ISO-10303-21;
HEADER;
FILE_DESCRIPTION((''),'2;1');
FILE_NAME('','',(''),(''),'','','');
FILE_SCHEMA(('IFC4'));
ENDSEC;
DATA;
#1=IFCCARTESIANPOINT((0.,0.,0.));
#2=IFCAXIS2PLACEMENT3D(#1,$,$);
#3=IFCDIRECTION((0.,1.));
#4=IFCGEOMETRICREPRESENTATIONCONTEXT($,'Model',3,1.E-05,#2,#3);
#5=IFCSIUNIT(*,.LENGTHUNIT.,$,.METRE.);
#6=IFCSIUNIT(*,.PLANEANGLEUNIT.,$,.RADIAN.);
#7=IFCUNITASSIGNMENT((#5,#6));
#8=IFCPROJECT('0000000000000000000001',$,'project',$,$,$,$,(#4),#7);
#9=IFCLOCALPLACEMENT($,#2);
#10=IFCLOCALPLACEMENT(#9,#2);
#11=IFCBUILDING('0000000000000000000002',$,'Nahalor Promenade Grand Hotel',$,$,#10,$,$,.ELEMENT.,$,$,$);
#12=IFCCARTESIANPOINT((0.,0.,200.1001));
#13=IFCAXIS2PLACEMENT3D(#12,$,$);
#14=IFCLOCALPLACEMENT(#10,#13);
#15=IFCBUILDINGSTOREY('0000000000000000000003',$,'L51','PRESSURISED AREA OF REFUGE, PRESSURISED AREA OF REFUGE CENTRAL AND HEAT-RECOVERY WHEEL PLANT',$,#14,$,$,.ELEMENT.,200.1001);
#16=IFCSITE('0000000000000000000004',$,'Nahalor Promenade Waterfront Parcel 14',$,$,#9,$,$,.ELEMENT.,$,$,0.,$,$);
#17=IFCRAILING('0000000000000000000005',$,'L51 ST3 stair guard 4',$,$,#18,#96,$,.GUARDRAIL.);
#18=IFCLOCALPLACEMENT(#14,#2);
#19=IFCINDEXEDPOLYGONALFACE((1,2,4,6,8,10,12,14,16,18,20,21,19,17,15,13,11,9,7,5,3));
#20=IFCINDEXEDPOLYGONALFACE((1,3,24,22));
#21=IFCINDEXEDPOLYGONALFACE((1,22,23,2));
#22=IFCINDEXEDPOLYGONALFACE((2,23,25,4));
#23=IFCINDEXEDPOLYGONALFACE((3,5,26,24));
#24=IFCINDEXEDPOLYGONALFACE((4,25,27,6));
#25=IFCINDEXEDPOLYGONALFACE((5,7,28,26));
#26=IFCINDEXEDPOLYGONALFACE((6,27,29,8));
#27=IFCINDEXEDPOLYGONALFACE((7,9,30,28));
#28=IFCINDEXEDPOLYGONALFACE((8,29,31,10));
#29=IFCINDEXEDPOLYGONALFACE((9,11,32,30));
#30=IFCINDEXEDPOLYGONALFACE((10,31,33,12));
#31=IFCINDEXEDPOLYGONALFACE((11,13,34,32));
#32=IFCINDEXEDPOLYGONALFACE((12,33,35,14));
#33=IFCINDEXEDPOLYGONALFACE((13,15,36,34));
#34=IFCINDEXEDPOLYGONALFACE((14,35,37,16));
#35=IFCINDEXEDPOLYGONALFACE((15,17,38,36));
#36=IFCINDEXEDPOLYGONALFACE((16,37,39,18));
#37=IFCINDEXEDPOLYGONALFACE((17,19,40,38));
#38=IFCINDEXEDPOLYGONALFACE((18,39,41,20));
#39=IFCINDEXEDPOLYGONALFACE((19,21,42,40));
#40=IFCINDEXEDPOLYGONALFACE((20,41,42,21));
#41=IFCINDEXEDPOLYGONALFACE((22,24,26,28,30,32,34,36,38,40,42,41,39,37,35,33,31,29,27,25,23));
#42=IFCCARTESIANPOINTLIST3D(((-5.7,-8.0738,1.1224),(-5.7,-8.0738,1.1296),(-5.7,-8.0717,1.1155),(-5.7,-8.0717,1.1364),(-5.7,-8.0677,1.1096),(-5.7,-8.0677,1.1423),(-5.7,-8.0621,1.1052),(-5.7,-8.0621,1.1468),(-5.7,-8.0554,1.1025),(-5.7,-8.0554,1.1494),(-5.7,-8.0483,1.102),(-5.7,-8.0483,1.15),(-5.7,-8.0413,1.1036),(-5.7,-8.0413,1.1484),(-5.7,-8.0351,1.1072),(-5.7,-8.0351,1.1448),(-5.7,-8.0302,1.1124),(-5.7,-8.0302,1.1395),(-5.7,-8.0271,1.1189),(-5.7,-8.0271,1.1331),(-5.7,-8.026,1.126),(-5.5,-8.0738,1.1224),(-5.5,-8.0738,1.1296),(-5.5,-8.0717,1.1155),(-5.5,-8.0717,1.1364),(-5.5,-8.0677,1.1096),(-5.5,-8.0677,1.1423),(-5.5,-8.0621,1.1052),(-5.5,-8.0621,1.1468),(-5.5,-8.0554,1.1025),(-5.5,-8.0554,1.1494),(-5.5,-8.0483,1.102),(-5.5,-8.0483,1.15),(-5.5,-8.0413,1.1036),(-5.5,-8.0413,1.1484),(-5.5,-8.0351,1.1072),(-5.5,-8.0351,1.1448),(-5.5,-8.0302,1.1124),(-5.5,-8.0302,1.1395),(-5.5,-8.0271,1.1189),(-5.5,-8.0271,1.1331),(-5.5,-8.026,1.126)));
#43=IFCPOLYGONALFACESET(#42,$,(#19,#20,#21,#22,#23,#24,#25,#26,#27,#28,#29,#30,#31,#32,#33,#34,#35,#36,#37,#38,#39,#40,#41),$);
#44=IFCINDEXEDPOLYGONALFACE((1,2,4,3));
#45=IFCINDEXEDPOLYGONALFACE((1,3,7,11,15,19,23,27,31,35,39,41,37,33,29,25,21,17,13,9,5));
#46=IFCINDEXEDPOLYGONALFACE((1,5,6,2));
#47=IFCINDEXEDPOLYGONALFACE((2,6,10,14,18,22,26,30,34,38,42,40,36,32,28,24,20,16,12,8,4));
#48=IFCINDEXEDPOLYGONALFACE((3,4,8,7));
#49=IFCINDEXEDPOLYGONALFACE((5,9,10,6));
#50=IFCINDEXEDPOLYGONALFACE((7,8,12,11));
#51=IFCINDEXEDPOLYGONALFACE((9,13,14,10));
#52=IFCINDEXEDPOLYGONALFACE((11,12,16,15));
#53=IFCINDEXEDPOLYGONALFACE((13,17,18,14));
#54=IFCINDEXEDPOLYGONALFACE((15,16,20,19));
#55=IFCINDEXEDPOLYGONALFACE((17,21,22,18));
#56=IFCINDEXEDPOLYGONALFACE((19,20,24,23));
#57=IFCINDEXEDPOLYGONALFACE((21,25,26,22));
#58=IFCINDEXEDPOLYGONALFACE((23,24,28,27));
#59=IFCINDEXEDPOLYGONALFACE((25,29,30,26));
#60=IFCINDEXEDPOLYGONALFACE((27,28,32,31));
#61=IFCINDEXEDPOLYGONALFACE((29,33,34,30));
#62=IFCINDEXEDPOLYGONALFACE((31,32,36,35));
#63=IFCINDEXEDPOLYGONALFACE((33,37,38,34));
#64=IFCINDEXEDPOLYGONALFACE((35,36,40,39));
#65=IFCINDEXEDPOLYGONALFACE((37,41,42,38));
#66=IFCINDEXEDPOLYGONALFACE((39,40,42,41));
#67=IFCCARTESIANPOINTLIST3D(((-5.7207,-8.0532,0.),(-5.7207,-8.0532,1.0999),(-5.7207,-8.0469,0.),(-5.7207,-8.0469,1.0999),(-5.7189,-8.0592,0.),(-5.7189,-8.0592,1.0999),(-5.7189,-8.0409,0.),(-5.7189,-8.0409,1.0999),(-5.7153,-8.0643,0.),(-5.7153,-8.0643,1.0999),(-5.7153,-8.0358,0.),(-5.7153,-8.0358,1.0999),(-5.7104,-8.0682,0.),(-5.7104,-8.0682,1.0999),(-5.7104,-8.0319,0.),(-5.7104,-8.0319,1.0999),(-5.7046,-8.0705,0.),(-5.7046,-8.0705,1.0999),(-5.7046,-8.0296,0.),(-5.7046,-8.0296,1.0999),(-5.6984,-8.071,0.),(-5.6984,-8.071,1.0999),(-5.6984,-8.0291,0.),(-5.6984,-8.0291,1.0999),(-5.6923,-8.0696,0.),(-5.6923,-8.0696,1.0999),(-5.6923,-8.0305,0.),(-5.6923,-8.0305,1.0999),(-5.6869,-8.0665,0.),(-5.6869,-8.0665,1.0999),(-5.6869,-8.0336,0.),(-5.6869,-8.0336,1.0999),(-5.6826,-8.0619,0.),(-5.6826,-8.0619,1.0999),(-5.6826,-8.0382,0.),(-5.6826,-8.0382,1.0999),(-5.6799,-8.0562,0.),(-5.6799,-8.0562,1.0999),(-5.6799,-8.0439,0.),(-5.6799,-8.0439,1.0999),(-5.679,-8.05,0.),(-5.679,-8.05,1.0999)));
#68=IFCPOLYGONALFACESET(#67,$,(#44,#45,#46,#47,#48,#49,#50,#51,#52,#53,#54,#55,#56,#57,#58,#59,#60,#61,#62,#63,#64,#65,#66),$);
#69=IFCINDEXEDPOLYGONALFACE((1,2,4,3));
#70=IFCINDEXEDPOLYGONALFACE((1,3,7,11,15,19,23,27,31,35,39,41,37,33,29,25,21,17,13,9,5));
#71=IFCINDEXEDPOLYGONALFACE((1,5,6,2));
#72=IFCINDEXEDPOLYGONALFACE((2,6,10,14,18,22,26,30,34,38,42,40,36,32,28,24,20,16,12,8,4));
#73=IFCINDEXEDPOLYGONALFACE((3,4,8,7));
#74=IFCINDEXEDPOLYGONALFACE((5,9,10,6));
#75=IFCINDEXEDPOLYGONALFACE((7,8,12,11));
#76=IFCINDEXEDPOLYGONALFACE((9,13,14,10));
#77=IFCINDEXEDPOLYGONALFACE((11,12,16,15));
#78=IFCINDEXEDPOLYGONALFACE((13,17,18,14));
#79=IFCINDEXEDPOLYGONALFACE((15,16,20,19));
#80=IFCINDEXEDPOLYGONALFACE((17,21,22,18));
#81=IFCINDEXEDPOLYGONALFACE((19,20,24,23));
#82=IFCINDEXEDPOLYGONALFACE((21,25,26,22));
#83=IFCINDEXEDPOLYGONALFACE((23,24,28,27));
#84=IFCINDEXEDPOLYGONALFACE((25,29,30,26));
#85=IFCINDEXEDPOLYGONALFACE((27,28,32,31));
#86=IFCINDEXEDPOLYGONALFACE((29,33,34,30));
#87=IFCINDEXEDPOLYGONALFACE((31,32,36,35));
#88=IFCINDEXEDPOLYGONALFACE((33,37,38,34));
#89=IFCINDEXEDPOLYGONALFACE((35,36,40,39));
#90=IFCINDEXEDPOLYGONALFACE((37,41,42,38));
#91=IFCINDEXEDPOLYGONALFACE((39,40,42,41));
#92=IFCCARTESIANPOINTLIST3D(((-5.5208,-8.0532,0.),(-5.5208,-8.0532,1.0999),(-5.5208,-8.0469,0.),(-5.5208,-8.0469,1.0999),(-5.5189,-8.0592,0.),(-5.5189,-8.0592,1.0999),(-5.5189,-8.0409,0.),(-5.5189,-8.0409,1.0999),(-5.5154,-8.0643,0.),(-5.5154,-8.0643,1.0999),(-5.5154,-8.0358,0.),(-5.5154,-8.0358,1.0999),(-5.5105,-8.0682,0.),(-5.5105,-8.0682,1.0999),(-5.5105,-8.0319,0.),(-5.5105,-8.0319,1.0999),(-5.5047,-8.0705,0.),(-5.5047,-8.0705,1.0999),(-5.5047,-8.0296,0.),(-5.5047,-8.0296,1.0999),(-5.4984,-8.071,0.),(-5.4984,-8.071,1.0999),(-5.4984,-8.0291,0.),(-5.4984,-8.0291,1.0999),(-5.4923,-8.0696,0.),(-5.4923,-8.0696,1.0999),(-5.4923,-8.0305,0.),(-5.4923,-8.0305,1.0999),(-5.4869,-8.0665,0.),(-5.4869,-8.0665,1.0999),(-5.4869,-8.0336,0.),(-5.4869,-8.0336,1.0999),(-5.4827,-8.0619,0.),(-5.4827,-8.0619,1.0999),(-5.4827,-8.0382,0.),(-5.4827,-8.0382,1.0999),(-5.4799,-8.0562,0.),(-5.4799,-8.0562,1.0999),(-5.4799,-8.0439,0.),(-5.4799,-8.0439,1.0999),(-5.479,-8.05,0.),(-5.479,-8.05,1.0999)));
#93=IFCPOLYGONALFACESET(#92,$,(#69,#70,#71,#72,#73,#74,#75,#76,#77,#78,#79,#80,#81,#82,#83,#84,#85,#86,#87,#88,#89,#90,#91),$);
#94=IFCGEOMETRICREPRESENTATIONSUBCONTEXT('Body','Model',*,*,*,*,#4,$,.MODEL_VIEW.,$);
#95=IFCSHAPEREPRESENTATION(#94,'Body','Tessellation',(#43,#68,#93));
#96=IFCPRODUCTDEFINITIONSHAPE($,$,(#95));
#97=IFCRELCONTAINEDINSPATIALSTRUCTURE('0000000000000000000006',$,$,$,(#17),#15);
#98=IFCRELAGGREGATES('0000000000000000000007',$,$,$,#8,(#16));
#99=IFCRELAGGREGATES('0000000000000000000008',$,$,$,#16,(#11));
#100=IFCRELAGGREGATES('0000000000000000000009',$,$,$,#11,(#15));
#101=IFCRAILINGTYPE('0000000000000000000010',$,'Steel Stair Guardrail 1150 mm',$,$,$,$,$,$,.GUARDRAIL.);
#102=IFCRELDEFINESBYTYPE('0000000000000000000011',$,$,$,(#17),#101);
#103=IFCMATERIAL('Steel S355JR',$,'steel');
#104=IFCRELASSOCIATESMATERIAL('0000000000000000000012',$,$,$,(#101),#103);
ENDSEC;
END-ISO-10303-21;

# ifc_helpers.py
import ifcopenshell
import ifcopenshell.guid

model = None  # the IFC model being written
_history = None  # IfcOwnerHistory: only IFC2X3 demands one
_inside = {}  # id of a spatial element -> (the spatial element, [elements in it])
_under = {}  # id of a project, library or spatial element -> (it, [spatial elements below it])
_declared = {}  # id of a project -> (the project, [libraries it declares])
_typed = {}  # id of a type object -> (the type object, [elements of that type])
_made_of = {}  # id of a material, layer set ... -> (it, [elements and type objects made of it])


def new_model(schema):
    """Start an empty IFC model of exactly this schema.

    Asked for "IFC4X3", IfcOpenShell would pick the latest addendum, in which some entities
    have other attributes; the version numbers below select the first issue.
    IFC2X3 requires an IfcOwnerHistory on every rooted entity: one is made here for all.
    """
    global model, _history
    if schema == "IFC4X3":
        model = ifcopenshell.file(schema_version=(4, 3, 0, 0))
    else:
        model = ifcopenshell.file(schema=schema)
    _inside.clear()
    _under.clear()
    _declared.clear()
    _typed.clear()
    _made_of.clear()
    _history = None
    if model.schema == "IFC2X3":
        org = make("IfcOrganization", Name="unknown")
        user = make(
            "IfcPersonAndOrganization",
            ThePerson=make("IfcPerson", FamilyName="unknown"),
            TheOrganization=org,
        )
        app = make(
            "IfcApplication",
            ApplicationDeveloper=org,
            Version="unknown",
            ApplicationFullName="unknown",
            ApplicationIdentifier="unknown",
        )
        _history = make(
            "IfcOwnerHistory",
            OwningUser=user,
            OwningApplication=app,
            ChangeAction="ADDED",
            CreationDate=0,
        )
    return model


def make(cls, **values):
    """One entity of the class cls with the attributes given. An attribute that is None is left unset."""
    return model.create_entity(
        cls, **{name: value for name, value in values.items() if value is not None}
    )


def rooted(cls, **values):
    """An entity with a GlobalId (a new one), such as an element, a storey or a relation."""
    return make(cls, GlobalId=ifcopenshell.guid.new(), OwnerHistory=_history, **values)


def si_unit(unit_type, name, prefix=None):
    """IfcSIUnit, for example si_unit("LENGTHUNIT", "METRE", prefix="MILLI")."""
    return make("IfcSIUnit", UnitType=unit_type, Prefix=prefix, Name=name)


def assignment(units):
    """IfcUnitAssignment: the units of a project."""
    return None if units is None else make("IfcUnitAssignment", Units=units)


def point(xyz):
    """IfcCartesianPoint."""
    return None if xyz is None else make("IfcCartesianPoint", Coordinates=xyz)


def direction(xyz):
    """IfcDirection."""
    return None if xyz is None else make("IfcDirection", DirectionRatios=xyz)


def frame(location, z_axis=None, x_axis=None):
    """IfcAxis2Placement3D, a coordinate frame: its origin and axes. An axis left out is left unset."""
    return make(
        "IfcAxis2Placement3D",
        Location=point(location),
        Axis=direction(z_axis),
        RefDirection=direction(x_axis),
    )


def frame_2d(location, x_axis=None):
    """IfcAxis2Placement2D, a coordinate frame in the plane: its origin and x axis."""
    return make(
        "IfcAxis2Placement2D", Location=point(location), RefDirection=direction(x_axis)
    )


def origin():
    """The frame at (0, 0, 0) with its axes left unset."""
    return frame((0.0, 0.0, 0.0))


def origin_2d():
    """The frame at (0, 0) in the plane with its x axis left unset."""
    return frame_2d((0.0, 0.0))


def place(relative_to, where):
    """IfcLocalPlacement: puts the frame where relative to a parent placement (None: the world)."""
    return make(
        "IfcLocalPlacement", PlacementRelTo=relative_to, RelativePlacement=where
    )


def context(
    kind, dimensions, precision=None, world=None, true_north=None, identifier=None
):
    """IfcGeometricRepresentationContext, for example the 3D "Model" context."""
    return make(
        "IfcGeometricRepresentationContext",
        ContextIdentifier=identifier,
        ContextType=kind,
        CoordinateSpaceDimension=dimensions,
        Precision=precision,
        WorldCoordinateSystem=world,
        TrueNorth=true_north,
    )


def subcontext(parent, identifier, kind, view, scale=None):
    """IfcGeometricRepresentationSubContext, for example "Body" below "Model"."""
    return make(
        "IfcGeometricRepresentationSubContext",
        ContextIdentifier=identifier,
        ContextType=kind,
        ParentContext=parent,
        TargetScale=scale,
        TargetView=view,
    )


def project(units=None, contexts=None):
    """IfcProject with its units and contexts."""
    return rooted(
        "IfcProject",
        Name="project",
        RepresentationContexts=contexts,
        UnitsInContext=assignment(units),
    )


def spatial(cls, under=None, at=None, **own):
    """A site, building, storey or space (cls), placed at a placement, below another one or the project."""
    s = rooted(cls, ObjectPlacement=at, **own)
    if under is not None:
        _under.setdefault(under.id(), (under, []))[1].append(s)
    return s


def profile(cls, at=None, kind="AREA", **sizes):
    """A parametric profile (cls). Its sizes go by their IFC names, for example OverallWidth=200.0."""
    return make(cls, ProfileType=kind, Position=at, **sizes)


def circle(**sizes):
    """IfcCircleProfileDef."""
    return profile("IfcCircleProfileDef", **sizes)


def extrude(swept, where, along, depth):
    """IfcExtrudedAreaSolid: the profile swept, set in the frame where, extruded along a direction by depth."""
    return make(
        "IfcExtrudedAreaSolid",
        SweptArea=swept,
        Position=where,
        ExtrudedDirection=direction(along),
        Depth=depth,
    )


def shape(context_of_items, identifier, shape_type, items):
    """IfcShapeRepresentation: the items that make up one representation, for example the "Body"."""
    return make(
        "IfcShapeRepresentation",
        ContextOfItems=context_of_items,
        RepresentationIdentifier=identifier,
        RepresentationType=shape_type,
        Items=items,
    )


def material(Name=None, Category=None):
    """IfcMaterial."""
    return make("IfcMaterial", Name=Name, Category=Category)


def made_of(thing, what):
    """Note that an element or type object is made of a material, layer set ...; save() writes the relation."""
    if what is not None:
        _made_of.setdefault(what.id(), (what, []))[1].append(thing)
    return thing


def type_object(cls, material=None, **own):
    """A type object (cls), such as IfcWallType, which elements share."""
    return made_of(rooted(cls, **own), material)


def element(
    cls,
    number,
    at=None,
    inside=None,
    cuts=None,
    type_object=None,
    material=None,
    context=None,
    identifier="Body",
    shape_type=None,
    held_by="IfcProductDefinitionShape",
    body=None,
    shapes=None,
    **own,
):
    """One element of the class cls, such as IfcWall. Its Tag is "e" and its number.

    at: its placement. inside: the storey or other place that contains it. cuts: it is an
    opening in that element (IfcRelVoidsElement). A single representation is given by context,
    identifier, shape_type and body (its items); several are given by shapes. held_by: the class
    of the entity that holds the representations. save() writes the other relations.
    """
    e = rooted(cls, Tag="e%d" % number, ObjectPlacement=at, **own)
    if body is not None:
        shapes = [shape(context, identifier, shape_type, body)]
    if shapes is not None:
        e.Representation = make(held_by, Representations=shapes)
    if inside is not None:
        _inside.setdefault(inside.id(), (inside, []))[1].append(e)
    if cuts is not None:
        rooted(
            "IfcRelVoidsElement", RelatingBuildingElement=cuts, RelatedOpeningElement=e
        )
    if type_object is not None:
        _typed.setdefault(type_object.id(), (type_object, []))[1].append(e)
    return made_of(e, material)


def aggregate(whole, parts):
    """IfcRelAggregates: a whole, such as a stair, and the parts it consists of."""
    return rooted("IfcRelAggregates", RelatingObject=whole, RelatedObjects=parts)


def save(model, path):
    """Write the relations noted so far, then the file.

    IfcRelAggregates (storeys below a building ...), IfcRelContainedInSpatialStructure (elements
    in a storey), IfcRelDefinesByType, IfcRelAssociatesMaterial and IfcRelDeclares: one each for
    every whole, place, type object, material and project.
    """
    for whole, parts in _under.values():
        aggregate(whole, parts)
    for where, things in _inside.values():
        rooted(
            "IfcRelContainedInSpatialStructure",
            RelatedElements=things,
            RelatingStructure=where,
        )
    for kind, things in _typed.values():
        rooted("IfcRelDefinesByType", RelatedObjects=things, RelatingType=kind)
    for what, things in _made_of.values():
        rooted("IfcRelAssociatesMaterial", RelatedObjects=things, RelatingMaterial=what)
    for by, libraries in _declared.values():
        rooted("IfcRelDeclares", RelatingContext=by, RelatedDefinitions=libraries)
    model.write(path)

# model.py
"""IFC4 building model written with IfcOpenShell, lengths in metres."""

from ifc_helpers import new_model, si_unit, direction, frame, origin, origin_2d, place, context, subcontext, project, spatial, circle, extrude, material, type_object, element, save


model = new_model("IFC4")

# Units and contexts
model_context = context("Model", 3, precision=1e-05, world=origin(), true_north=direction((0.0, 1.0)))
body_context = subcontext(model_context, "Body", "Model", "MODEL_VIEW")
ifc_project = project(units=[si_unit("LENGTHUNIT", "METRE"), si_unit("PLANEANGLEUNIT", "RADIAN")], contexts=[model_context])

# Site, building, storey
site_placement = place(None, origin())
site = spatial("IfcSite", under=ifc_project, at=site_placement, Name="Nahalor Promenade Waterfront Parcel 14", CompositionType="ELEMENT", RefElevation=0.0)
building_placement = place(site_placement, origin())
building = spatial("IfcBuilding", under=site, at=building_placement, Name="Nahalor Promenade Grand Hotel", CompositionType="ELEMENT")
storey_placement = place(building_placement, frame((0.0, 0.0, 200.1001)))
storey = spatial("IfcBuildingStorey", under=building, at=storey_placement, Name="L51", Description="PRESSURISED AREA OF REFUGE, PRESSURISED AREA OF REFUGE CENTRAL AND HEAT-RECOVERY WHEEL PLANT", CompositionType="ELEMENT", Elevation=200.1001)

# Shared definitions
ifc_material_1 = material(Name="Steel S355JR", Category="steel")

# Railing
railing_type_1 = type_object("IfcRailingType", Name="Steel Stair Guardrail 1150 mm", PredefinedType="GUARDRAIL", material=ifc_material_1)
railing_1_placement = place(storey_placement, frame((-5.7, -8.05, 0.0)))
element("IfcRailing", 1, at=railing_1_placement, inside=storey, type_object=railing_type_1, Name="L51 ST3 stair guard 4", PredefinedType="GUARDRAIL", context=body_context, shape_type="SweptSolid", body=[
    extrude(circle(Radius=0.024, at=origin_2d()), frame((0.0, 0.0, 1.126), z_axis=(1.0, 0.0, 0.0), x_axis=(0.0, 1.0, 0.0)), (0.0, 0.0, 1.0), 0.2),
    extrude(circle(Radius=0.021, at=origin_2d()), origin(), (0.0, 0.0, 1.0), 1.0999),
    extrude(circle(Radius=0.021, at=origin_2d()), frame((0.2, 0.0, 0.0)), (0.0, 0.0, 1.0), 1.0999),
])

save(model, "model.ifc")
